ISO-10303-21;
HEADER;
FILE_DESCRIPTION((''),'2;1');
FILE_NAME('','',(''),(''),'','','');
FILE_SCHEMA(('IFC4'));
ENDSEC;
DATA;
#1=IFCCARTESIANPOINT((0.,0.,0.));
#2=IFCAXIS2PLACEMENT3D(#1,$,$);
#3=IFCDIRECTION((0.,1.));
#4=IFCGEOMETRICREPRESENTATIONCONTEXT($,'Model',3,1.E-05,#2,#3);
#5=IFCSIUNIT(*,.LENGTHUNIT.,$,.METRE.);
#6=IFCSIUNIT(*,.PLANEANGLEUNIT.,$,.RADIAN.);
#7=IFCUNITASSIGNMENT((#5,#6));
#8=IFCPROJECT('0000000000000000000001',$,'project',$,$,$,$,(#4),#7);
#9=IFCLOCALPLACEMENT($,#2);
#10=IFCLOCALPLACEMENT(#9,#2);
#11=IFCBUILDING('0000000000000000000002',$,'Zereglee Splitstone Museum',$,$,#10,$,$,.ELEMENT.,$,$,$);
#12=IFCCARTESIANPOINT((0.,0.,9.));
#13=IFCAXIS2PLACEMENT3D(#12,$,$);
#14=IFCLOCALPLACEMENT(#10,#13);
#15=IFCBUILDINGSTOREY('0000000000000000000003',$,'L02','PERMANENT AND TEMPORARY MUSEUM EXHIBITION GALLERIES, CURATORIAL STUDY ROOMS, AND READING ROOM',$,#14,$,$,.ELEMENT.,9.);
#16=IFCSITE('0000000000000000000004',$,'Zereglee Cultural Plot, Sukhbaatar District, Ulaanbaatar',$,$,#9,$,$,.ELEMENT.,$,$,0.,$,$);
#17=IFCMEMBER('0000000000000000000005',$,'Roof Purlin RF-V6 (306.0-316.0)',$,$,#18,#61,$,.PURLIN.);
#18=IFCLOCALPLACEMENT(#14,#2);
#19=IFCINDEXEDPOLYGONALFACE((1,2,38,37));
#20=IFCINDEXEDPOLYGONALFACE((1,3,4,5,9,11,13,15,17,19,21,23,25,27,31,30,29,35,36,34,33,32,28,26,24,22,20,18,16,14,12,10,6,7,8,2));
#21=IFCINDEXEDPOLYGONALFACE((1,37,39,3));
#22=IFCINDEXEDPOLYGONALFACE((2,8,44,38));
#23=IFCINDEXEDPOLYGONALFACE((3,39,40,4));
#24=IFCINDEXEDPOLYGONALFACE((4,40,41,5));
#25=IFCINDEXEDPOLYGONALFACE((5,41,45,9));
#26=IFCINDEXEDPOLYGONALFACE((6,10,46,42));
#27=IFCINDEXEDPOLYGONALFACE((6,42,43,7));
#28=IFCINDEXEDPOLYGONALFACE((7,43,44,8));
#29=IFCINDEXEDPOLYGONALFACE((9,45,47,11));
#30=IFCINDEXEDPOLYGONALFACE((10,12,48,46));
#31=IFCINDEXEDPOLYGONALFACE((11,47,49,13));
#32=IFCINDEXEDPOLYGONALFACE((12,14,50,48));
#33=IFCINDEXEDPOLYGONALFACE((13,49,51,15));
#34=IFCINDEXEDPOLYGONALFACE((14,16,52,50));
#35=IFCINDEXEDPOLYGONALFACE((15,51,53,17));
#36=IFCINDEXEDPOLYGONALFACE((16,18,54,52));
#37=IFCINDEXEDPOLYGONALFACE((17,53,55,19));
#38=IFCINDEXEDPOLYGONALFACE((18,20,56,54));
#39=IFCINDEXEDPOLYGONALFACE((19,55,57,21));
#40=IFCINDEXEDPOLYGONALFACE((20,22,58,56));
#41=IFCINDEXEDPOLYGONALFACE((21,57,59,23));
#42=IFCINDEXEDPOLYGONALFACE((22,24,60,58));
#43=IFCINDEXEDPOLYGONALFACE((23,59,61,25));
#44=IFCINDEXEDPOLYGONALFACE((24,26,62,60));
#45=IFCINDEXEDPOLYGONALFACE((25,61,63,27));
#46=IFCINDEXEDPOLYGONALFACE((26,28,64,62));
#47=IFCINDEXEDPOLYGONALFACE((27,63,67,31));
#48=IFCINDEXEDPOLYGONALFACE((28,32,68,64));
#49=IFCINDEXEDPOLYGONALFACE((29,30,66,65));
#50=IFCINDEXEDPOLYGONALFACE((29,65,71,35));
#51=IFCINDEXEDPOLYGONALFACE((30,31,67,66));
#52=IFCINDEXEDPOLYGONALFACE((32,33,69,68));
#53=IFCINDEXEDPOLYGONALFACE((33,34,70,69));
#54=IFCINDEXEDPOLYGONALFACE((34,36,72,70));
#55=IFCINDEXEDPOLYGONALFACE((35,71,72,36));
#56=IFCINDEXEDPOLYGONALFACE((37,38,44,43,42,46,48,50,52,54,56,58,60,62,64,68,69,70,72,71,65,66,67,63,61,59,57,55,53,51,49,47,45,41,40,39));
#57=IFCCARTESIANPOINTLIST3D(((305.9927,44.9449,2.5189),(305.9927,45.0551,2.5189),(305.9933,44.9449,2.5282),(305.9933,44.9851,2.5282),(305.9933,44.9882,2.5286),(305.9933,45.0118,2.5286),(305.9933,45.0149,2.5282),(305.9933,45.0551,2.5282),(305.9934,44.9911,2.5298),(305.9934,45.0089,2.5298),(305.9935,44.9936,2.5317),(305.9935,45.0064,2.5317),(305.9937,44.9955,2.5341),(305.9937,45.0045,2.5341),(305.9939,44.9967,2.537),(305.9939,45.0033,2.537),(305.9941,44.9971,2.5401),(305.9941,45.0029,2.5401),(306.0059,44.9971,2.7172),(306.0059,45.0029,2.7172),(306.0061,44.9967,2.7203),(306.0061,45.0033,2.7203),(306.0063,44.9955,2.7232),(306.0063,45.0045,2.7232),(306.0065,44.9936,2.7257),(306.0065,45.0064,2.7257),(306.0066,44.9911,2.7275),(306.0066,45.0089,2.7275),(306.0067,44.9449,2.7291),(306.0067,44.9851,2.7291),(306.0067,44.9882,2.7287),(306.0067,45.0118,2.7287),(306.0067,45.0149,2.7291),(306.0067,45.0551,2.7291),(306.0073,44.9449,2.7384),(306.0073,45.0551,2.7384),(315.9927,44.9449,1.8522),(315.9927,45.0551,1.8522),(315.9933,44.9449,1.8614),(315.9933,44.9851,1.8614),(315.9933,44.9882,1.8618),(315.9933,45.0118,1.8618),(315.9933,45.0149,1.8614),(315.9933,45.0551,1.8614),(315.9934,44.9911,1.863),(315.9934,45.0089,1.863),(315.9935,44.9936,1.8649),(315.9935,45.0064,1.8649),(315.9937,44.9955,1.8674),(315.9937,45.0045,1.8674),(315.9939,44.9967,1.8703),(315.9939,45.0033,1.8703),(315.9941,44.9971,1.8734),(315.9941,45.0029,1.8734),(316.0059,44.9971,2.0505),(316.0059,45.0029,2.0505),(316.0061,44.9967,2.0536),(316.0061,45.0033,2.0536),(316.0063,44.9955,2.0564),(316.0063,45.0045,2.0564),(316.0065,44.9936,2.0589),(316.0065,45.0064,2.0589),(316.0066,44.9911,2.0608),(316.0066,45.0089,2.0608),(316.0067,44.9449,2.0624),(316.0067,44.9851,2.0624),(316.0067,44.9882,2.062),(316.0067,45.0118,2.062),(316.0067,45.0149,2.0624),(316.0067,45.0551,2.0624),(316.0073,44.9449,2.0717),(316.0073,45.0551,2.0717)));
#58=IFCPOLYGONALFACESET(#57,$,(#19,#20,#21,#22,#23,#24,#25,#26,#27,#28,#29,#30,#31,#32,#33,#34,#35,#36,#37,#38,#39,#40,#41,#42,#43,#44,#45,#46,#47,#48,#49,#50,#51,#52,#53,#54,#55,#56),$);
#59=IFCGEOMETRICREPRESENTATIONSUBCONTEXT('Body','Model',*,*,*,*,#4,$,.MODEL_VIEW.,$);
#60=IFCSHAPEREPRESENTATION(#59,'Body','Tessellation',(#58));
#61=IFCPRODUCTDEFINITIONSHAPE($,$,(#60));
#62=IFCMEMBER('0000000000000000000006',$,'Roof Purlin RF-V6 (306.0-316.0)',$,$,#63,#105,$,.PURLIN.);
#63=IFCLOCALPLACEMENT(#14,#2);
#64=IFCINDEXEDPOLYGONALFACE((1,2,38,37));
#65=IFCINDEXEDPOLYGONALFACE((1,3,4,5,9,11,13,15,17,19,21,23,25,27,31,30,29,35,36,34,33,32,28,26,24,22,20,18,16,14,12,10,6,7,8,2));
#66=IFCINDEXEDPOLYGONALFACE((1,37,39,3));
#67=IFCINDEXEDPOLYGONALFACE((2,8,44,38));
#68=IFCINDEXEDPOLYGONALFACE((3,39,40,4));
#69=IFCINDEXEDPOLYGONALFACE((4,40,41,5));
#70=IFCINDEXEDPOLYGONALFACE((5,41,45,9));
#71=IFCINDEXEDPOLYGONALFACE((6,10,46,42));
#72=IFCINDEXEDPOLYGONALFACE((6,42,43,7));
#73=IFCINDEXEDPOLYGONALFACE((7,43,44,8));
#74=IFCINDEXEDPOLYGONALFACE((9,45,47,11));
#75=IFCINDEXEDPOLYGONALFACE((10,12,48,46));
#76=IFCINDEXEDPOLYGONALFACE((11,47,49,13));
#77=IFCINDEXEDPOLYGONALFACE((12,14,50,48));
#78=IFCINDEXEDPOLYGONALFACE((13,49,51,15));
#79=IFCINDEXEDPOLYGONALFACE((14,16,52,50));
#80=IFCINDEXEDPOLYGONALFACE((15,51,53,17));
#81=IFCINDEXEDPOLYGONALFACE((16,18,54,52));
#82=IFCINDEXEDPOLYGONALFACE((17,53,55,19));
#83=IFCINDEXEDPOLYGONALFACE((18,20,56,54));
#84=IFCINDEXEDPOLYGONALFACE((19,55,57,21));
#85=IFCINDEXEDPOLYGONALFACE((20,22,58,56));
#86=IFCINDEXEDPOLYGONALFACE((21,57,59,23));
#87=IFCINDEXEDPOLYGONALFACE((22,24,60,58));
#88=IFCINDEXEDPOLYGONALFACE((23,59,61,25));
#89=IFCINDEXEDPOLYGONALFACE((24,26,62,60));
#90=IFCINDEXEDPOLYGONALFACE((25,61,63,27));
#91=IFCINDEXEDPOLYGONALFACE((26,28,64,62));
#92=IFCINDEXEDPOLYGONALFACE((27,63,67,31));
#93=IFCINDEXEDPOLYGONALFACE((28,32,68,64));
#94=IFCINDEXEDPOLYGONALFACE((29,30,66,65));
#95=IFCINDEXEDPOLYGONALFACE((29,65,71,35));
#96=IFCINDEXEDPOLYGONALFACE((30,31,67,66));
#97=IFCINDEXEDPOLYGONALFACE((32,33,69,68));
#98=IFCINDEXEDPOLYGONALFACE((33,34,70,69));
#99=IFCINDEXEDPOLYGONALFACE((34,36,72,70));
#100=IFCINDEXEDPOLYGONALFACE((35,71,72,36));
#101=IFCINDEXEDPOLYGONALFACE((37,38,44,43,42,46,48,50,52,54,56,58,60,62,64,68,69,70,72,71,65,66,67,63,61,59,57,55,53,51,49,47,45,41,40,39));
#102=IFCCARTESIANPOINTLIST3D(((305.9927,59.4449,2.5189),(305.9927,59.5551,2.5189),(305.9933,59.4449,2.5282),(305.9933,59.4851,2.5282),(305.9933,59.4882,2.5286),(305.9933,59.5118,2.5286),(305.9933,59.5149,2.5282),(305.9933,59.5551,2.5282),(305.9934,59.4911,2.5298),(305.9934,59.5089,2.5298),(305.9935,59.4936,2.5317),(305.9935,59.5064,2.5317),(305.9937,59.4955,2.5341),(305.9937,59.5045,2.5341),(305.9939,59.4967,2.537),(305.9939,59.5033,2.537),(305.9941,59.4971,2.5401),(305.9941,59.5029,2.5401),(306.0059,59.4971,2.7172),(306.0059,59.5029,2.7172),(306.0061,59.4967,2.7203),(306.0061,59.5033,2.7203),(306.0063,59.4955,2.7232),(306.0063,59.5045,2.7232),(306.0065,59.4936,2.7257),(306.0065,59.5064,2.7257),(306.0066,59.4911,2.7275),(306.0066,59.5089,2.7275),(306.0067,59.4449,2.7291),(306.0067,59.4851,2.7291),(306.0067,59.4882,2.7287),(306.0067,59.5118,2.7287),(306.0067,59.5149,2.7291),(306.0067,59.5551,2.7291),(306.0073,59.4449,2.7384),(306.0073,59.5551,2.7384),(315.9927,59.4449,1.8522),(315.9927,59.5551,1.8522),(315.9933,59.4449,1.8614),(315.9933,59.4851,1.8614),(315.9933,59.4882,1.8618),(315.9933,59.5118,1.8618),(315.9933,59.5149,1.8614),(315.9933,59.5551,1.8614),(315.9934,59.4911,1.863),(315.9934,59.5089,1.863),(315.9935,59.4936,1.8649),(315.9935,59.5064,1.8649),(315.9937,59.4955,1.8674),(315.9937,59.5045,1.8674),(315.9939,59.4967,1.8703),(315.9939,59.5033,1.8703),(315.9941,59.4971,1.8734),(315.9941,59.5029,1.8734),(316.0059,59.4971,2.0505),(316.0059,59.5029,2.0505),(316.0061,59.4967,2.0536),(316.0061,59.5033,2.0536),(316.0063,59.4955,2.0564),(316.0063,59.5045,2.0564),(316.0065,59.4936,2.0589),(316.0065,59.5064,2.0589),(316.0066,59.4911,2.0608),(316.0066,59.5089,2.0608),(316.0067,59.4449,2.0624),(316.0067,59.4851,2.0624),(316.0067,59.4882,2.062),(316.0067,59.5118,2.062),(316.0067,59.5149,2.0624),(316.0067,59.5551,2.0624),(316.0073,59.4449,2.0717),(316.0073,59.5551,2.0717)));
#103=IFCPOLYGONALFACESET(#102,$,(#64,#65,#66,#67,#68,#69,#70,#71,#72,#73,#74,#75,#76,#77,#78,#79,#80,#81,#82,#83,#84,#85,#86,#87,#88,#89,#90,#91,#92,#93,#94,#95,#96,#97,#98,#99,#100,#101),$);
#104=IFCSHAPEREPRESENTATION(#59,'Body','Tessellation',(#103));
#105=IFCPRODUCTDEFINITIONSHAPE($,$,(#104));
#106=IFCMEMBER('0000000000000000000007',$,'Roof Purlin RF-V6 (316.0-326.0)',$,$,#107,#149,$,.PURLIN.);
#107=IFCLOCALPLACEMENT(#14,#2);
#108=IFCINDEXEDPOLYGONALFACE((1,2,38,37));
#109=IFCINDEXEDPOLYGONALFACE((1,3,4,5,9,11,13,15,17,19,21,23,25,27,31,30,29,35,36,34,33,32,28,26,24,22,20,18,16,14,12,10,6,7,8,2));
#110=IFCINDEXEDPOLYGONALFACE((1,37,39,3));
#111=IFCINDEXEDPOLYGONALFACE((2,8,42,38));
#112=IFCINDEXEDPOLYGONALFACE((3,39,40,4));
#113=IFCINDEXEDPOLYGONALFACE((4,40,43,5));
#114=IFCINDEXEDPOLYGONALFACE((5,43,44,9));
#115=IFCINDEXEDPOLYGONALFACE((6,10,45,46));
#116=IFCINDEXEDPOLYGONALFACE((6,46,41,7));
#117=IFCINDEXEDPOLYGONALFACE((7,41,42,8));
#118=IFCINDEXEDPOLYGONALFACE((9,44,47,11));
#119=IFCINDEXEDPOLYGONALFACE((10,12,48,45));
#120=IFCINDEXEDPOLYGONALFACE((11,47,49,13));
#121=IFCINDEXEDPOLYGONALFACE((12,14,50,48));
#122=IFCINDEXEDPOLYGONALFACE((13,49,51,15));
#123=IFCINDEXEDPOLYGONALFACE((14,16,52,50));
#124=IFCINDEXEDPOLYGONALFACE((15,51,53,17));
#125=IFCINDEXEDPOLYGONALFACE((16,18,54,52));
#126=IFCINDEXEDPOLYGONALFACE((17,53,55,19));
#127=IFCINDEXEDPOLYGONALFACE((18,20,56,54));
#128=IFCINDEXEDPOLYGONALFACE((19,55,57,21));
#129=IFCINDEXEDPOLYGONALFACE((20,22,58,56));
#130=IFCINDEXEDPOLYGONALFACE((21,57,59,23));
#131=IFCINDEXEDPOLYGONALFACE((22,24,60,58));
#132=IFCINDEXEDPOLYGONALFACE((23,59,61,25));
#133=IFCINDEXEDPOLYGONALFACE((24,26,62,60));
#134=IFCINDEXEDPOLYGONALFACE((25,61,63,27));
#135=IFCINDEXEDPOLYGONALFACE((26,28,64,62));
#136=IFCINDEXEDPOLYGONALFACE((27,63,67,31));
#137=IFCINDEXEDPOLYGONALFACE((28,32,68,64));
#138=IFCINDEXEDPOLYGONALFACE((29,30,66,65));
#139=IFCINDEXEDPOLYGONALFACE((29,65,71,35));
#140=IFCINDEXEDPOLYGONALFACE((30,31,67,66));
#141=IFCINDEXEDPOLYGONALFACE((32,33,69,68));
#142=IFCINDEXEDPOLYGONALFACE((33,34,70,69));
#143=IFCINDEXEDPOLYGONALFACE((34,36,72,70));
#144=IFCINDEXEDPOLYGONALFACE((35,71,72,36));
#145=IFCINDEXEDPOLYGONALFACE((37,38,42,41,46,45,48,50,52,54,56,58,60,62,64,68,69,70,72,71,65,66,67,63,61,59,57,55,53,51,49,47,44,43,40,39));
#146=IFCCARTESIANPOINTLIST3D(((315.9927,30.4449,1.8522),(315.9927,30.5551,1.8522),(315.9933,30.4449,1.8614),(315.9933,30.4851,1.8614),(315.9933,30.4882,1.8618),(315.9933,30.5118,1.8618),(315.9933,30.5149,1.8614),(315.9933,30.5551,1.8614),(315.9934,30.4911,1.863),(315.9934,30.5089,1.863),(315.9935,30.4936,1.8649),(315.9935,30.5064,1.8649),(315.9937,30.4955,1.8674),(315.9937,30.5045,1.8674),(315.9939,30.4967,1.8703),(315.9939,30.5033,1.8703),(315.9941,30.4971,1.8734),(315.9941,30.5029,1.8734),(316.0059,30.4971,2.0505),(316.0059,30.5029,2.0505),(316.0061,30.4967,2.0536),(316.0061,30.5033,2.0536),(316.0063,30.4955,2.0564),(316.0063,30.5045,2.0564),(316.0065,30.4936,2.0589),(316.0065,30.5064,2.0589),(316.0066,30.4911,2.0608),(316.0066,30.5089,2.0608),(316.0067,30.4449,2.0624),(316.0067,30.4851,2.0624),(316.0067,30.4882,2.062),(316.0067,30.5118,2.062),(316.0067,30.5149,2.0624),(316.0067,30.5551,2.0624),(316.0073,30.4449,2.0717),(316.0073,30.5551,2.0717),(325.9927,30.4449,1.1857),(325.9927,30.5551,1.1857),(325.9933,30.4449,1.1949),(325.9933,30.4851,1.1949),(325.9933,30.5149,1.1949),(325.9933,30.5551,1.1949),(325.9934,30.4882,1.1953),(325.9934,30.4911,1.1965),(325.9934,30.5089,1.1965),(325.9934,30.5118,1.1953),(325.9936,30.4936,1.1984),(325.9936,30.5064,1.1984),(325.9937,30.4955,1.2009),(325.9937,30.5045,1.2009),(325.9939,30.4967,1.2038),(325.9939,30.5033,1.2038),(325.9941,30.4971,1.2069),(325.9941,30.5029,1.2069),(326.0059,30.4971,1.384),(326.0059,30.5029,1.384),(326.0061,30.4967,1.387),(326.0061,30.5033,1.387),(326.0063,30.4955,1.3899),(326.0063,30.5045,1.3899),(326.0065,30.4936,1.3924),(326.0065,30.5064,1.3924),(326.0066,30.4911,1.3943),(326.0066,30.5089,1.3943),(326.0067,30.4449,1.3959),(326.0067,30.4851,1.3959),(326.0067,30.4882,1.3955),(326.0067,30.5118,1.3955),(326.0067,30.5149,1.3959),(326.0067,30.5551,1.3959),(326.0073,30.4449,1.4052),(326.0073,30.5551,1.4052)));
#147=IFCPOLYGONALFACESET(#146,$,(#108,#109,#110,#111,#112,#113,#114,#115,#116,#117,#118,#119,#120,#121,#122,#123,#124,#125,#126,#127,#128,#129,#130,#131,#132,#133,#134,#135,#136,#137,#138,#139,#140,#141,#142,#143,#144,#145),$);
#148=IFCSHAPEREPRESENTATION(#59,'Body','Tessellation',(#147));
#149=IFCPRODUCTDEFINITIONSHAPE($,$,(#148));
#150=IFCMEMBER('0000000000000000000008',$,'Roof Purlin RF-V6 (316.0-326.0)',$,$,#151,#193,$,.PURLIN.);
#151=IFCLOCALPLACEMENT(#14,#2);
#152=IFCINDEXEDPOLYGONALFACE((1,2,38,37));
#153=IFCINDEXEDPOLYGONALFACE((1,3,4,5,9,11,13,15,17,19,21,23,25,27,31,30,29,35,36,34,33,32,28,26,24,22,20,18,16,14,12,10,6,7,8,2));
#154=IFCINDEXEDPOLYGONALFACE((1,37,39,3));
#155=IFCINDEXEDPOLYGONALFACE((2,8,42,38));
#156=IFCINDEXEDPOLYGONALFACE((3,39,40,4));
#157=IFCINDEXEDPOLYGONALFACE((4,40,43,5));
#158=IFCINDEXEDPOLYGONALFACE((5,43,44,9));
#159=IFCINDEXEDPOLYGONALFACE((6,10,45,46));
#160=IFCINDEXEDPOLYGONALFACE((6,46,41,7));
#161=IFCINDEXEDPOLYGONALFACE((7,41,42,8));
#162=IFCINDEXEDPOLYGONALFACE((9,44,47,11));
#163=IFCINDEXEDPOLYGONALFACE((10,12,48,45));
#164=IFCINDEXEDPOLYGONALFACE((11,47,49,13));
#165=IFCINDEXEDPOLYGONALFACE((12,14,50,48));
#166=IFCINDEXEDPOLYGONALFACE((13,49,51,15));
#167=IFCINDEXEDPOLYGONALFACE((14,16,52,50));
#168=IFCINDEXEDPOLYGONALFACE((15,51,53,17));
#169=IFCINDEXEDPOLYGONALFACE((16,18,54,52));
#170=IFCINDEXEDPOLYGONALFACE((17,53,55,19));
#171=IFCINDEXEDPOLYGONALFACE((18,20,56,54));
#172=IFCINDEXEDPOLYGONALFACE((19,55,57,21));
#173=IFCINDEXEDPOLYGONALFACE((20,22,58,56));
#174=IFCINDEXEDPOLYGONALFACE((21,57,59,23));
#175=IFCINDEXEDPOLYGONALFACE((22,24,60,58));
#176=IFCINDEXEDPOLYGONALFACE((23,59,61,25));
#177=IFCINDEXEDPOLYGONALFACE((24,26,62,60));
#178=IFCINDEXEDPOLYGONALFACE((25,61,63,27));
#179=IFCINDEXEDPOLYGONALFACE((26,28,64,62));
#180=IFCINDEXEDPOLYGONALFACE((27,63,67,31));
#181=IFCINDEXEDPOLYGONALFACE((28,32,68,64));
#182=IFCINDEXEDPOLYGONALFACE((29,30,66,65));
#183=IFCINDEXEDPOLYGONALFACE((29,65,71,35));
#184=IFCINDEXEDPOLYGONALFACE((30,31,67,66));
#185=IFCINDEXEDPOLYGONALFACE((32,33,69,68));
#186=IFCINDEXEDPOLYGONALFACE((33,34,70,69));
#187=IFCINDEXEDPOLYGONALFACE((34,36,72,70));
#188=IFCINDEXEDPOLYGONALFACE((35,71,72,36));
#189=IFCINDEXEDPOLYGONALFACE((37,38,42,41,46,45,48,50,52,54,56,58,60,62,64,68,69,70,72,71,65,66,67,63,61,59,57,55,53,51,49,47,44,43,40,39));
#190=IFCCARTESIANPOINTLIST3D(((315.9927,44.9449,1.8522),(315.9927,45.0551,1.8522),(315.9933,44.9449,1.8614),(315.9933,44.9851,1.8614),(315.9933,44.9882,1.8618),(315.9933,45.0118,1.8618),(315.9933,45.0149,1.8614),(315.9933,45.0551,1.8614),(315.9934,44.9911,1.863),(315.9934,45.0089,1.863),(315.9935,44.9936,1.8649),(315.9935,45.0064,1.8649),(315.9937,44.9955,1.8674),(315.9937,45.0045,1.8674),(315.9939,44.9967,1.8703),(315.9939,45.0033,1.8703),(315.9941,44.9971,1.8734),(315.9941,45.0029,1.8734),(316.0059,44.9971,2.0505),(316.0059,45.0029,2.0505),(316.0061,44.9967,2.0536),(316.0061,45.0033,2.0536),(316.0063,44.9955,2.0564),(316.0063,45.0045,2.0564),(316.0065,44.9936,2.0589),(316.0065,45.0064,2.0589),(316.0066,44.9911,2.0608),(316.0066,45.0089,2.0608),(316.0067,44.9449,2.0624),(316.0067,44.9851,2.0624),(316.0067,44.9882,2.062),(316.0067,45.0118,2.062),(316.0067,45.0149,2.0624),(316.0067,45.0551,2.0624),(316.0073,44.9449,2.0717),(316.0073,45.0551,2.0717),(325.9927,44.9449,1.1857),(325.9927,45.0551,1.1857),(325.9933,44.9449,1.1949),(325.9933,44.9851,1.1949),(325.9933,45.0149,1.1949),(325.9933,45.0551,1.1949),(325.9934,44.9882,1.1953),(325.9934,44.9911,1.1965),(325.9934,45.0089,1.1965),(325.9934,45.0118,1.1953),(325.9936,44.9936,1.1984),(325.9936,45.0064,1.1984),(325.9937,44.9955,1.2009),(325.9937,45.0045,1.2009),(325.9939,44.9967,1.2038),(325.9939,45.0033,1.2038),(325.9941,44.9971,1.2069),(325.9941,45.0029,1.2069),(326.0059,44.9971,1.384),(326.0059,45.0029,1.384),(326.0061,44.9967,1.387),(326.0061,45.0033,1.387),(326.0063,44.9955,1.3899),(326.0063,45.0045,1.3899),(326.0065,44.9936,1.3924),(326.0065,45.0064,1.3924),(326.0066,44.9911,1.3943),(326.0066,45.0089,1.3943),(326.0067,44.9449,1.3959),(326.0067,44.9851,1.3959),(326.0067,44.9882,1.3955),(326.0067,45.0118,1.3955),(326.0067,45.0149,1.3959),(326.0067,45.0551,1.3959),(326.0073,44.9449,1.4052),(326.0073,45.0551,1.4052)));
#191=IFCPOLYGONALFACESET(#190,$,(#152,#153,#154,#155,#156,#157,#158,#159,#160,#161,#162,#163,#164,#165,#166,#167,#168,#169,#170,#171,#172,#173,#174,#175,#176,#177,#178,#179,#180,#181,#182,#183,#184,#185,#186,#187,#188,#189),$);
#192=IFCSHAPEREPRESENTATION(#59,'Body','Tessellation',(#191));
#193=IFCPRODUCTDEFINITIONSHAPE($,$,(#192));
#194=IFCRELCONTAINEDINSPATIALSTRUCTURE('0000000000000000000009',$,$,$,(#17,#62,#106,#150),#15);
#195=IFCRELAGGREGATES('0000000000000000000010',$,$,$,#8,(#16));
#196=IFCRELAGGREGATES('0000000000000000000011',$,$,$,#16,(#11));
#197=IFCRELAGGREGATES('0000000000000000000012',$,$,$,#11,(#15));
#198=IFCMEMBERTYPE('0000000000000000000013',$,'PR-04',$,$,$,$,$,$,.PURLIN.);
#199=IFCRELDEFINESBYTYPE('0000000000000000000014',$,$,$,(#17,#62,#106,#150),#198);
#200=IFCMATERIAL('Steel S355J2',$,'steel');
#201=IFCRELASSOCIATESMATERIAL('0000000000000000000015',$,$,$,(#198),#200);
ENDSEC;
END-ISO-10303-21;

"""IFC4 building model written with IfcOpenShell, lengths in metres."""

from ifc_helpers import new_model, si_unit, direction, frame, origin, origin_2d, place, context, subcontext, project, spatial, i_section, extrude, material, material_profile, profile_set, type_object, element, save


model = new_model("IFC4")

# Units and contexts
model_context = context("Model", 3, precision=1e-05, world=origin(), true_north=direction((0.0, 1.0)))
body_context = subcontext(model_context, "Body", "Model", "MODEL_VIEW")
ifc_project = project(units=[si_unit("LENGTHUNIT", "METRE"), si_unit("PLANEANGLEUNIT", "RADIAN")], contexts=[model_context])

# Site, building, storey
site_placement = place(None, origin())
site = spatial("IfcSite", under=ifc_project, at=site_placement, Name="Zereglee Cultural Plot, Sukhbaatar District, Ulaanbaatar", CompositionType="ELEMENT", RefElevation=0.0)
building_placement = place(site_placement, origin())
building = spatial("IfcBuilding", under=site, at=building_placement, Name="Zereglee Splitstone Museum", CompositionType="ELEMENT")
storey_placement = place(building_placement, frame((0.0, 0.0, 9.0)))
storey = spatial("IfcBuildingStorey", under=building, at=storey_placement, Name="L02", Description="PERMANENT AND TEMPORARY MUSEUM EXHIBITION GALLERIES, CURATORIAL STUDY ROOMS, AND READING ROOM", CompositionType="ELEMENT", Elevation=9.0)

# Shared definitions
ifc_material_1 = material(Name="Steel S355J2", Category="steel")

# Members
ifc_material_profile_1 = material_profile(ifc_material_1, i_section(OverallWidth=0.1101, OverallDepth=0.22, WebThickness=0.0059, FlangeThickness=0.0093, FilletRadius=0.012, at=origin_2d()), Name="IPE 220")
ifc_profile_set_1 = profile_set([ifc_material_profile_1], Name="Steel S355J2")
member_type_1 = type_object("IfcMemberType", Name="PR-04", PredefinedType="PURLIN", material=ifc_profile_set_1)
for number, where, z_axis, x_axis, name in (
    (1, (306.0, 45.0, 2.6287), (0.997785, 0.0, -0.066527), (0.0, 1.0, 0.0), "Roof Purlin RF-V6 (306.0-316.0)"),
    (2, (306.0, 59.5, 2.6287), (0.997785, 0.0, -0.066527), (0.0, 1.0, 0.0), "Roof Purlin RF-V6 (306.0-316.0)"),
    (3, (316.0, 30.5, 1.9619), (0.997786, 0.0, -0.066503), (0.0, 1.0, 0.0), "Roof Purlin RF-V6 (316.0-326.0)"),
    (4, (316.0, 45.0, 1.9619), (0.997786, 0.0, -0.066503), (0.0, 1.0, 0.0), "Roof Purlin RF-V6 (316.0-326.0)"),
):
    element("IfcMember", number, at=place(storey_placement, frame(where, z_axis=z_axis, x_axis=x_axis)), inside=storey, type_object=member_type_1, Name=name, PredefinedType="PURLIN", context=body_context, shape_type="SweptSolid", body=[
        extrude(i_section(OverallWidth=0.1101, OverallDepth=0.22, WebThickness=0.0059, FlangeThickness=0.0093, FilletRadius=0.012, at=origin_2d()), origin(), (0.0, 0.0, 1.0), 10.0222),
    ])

save(model, "model.ifc")
